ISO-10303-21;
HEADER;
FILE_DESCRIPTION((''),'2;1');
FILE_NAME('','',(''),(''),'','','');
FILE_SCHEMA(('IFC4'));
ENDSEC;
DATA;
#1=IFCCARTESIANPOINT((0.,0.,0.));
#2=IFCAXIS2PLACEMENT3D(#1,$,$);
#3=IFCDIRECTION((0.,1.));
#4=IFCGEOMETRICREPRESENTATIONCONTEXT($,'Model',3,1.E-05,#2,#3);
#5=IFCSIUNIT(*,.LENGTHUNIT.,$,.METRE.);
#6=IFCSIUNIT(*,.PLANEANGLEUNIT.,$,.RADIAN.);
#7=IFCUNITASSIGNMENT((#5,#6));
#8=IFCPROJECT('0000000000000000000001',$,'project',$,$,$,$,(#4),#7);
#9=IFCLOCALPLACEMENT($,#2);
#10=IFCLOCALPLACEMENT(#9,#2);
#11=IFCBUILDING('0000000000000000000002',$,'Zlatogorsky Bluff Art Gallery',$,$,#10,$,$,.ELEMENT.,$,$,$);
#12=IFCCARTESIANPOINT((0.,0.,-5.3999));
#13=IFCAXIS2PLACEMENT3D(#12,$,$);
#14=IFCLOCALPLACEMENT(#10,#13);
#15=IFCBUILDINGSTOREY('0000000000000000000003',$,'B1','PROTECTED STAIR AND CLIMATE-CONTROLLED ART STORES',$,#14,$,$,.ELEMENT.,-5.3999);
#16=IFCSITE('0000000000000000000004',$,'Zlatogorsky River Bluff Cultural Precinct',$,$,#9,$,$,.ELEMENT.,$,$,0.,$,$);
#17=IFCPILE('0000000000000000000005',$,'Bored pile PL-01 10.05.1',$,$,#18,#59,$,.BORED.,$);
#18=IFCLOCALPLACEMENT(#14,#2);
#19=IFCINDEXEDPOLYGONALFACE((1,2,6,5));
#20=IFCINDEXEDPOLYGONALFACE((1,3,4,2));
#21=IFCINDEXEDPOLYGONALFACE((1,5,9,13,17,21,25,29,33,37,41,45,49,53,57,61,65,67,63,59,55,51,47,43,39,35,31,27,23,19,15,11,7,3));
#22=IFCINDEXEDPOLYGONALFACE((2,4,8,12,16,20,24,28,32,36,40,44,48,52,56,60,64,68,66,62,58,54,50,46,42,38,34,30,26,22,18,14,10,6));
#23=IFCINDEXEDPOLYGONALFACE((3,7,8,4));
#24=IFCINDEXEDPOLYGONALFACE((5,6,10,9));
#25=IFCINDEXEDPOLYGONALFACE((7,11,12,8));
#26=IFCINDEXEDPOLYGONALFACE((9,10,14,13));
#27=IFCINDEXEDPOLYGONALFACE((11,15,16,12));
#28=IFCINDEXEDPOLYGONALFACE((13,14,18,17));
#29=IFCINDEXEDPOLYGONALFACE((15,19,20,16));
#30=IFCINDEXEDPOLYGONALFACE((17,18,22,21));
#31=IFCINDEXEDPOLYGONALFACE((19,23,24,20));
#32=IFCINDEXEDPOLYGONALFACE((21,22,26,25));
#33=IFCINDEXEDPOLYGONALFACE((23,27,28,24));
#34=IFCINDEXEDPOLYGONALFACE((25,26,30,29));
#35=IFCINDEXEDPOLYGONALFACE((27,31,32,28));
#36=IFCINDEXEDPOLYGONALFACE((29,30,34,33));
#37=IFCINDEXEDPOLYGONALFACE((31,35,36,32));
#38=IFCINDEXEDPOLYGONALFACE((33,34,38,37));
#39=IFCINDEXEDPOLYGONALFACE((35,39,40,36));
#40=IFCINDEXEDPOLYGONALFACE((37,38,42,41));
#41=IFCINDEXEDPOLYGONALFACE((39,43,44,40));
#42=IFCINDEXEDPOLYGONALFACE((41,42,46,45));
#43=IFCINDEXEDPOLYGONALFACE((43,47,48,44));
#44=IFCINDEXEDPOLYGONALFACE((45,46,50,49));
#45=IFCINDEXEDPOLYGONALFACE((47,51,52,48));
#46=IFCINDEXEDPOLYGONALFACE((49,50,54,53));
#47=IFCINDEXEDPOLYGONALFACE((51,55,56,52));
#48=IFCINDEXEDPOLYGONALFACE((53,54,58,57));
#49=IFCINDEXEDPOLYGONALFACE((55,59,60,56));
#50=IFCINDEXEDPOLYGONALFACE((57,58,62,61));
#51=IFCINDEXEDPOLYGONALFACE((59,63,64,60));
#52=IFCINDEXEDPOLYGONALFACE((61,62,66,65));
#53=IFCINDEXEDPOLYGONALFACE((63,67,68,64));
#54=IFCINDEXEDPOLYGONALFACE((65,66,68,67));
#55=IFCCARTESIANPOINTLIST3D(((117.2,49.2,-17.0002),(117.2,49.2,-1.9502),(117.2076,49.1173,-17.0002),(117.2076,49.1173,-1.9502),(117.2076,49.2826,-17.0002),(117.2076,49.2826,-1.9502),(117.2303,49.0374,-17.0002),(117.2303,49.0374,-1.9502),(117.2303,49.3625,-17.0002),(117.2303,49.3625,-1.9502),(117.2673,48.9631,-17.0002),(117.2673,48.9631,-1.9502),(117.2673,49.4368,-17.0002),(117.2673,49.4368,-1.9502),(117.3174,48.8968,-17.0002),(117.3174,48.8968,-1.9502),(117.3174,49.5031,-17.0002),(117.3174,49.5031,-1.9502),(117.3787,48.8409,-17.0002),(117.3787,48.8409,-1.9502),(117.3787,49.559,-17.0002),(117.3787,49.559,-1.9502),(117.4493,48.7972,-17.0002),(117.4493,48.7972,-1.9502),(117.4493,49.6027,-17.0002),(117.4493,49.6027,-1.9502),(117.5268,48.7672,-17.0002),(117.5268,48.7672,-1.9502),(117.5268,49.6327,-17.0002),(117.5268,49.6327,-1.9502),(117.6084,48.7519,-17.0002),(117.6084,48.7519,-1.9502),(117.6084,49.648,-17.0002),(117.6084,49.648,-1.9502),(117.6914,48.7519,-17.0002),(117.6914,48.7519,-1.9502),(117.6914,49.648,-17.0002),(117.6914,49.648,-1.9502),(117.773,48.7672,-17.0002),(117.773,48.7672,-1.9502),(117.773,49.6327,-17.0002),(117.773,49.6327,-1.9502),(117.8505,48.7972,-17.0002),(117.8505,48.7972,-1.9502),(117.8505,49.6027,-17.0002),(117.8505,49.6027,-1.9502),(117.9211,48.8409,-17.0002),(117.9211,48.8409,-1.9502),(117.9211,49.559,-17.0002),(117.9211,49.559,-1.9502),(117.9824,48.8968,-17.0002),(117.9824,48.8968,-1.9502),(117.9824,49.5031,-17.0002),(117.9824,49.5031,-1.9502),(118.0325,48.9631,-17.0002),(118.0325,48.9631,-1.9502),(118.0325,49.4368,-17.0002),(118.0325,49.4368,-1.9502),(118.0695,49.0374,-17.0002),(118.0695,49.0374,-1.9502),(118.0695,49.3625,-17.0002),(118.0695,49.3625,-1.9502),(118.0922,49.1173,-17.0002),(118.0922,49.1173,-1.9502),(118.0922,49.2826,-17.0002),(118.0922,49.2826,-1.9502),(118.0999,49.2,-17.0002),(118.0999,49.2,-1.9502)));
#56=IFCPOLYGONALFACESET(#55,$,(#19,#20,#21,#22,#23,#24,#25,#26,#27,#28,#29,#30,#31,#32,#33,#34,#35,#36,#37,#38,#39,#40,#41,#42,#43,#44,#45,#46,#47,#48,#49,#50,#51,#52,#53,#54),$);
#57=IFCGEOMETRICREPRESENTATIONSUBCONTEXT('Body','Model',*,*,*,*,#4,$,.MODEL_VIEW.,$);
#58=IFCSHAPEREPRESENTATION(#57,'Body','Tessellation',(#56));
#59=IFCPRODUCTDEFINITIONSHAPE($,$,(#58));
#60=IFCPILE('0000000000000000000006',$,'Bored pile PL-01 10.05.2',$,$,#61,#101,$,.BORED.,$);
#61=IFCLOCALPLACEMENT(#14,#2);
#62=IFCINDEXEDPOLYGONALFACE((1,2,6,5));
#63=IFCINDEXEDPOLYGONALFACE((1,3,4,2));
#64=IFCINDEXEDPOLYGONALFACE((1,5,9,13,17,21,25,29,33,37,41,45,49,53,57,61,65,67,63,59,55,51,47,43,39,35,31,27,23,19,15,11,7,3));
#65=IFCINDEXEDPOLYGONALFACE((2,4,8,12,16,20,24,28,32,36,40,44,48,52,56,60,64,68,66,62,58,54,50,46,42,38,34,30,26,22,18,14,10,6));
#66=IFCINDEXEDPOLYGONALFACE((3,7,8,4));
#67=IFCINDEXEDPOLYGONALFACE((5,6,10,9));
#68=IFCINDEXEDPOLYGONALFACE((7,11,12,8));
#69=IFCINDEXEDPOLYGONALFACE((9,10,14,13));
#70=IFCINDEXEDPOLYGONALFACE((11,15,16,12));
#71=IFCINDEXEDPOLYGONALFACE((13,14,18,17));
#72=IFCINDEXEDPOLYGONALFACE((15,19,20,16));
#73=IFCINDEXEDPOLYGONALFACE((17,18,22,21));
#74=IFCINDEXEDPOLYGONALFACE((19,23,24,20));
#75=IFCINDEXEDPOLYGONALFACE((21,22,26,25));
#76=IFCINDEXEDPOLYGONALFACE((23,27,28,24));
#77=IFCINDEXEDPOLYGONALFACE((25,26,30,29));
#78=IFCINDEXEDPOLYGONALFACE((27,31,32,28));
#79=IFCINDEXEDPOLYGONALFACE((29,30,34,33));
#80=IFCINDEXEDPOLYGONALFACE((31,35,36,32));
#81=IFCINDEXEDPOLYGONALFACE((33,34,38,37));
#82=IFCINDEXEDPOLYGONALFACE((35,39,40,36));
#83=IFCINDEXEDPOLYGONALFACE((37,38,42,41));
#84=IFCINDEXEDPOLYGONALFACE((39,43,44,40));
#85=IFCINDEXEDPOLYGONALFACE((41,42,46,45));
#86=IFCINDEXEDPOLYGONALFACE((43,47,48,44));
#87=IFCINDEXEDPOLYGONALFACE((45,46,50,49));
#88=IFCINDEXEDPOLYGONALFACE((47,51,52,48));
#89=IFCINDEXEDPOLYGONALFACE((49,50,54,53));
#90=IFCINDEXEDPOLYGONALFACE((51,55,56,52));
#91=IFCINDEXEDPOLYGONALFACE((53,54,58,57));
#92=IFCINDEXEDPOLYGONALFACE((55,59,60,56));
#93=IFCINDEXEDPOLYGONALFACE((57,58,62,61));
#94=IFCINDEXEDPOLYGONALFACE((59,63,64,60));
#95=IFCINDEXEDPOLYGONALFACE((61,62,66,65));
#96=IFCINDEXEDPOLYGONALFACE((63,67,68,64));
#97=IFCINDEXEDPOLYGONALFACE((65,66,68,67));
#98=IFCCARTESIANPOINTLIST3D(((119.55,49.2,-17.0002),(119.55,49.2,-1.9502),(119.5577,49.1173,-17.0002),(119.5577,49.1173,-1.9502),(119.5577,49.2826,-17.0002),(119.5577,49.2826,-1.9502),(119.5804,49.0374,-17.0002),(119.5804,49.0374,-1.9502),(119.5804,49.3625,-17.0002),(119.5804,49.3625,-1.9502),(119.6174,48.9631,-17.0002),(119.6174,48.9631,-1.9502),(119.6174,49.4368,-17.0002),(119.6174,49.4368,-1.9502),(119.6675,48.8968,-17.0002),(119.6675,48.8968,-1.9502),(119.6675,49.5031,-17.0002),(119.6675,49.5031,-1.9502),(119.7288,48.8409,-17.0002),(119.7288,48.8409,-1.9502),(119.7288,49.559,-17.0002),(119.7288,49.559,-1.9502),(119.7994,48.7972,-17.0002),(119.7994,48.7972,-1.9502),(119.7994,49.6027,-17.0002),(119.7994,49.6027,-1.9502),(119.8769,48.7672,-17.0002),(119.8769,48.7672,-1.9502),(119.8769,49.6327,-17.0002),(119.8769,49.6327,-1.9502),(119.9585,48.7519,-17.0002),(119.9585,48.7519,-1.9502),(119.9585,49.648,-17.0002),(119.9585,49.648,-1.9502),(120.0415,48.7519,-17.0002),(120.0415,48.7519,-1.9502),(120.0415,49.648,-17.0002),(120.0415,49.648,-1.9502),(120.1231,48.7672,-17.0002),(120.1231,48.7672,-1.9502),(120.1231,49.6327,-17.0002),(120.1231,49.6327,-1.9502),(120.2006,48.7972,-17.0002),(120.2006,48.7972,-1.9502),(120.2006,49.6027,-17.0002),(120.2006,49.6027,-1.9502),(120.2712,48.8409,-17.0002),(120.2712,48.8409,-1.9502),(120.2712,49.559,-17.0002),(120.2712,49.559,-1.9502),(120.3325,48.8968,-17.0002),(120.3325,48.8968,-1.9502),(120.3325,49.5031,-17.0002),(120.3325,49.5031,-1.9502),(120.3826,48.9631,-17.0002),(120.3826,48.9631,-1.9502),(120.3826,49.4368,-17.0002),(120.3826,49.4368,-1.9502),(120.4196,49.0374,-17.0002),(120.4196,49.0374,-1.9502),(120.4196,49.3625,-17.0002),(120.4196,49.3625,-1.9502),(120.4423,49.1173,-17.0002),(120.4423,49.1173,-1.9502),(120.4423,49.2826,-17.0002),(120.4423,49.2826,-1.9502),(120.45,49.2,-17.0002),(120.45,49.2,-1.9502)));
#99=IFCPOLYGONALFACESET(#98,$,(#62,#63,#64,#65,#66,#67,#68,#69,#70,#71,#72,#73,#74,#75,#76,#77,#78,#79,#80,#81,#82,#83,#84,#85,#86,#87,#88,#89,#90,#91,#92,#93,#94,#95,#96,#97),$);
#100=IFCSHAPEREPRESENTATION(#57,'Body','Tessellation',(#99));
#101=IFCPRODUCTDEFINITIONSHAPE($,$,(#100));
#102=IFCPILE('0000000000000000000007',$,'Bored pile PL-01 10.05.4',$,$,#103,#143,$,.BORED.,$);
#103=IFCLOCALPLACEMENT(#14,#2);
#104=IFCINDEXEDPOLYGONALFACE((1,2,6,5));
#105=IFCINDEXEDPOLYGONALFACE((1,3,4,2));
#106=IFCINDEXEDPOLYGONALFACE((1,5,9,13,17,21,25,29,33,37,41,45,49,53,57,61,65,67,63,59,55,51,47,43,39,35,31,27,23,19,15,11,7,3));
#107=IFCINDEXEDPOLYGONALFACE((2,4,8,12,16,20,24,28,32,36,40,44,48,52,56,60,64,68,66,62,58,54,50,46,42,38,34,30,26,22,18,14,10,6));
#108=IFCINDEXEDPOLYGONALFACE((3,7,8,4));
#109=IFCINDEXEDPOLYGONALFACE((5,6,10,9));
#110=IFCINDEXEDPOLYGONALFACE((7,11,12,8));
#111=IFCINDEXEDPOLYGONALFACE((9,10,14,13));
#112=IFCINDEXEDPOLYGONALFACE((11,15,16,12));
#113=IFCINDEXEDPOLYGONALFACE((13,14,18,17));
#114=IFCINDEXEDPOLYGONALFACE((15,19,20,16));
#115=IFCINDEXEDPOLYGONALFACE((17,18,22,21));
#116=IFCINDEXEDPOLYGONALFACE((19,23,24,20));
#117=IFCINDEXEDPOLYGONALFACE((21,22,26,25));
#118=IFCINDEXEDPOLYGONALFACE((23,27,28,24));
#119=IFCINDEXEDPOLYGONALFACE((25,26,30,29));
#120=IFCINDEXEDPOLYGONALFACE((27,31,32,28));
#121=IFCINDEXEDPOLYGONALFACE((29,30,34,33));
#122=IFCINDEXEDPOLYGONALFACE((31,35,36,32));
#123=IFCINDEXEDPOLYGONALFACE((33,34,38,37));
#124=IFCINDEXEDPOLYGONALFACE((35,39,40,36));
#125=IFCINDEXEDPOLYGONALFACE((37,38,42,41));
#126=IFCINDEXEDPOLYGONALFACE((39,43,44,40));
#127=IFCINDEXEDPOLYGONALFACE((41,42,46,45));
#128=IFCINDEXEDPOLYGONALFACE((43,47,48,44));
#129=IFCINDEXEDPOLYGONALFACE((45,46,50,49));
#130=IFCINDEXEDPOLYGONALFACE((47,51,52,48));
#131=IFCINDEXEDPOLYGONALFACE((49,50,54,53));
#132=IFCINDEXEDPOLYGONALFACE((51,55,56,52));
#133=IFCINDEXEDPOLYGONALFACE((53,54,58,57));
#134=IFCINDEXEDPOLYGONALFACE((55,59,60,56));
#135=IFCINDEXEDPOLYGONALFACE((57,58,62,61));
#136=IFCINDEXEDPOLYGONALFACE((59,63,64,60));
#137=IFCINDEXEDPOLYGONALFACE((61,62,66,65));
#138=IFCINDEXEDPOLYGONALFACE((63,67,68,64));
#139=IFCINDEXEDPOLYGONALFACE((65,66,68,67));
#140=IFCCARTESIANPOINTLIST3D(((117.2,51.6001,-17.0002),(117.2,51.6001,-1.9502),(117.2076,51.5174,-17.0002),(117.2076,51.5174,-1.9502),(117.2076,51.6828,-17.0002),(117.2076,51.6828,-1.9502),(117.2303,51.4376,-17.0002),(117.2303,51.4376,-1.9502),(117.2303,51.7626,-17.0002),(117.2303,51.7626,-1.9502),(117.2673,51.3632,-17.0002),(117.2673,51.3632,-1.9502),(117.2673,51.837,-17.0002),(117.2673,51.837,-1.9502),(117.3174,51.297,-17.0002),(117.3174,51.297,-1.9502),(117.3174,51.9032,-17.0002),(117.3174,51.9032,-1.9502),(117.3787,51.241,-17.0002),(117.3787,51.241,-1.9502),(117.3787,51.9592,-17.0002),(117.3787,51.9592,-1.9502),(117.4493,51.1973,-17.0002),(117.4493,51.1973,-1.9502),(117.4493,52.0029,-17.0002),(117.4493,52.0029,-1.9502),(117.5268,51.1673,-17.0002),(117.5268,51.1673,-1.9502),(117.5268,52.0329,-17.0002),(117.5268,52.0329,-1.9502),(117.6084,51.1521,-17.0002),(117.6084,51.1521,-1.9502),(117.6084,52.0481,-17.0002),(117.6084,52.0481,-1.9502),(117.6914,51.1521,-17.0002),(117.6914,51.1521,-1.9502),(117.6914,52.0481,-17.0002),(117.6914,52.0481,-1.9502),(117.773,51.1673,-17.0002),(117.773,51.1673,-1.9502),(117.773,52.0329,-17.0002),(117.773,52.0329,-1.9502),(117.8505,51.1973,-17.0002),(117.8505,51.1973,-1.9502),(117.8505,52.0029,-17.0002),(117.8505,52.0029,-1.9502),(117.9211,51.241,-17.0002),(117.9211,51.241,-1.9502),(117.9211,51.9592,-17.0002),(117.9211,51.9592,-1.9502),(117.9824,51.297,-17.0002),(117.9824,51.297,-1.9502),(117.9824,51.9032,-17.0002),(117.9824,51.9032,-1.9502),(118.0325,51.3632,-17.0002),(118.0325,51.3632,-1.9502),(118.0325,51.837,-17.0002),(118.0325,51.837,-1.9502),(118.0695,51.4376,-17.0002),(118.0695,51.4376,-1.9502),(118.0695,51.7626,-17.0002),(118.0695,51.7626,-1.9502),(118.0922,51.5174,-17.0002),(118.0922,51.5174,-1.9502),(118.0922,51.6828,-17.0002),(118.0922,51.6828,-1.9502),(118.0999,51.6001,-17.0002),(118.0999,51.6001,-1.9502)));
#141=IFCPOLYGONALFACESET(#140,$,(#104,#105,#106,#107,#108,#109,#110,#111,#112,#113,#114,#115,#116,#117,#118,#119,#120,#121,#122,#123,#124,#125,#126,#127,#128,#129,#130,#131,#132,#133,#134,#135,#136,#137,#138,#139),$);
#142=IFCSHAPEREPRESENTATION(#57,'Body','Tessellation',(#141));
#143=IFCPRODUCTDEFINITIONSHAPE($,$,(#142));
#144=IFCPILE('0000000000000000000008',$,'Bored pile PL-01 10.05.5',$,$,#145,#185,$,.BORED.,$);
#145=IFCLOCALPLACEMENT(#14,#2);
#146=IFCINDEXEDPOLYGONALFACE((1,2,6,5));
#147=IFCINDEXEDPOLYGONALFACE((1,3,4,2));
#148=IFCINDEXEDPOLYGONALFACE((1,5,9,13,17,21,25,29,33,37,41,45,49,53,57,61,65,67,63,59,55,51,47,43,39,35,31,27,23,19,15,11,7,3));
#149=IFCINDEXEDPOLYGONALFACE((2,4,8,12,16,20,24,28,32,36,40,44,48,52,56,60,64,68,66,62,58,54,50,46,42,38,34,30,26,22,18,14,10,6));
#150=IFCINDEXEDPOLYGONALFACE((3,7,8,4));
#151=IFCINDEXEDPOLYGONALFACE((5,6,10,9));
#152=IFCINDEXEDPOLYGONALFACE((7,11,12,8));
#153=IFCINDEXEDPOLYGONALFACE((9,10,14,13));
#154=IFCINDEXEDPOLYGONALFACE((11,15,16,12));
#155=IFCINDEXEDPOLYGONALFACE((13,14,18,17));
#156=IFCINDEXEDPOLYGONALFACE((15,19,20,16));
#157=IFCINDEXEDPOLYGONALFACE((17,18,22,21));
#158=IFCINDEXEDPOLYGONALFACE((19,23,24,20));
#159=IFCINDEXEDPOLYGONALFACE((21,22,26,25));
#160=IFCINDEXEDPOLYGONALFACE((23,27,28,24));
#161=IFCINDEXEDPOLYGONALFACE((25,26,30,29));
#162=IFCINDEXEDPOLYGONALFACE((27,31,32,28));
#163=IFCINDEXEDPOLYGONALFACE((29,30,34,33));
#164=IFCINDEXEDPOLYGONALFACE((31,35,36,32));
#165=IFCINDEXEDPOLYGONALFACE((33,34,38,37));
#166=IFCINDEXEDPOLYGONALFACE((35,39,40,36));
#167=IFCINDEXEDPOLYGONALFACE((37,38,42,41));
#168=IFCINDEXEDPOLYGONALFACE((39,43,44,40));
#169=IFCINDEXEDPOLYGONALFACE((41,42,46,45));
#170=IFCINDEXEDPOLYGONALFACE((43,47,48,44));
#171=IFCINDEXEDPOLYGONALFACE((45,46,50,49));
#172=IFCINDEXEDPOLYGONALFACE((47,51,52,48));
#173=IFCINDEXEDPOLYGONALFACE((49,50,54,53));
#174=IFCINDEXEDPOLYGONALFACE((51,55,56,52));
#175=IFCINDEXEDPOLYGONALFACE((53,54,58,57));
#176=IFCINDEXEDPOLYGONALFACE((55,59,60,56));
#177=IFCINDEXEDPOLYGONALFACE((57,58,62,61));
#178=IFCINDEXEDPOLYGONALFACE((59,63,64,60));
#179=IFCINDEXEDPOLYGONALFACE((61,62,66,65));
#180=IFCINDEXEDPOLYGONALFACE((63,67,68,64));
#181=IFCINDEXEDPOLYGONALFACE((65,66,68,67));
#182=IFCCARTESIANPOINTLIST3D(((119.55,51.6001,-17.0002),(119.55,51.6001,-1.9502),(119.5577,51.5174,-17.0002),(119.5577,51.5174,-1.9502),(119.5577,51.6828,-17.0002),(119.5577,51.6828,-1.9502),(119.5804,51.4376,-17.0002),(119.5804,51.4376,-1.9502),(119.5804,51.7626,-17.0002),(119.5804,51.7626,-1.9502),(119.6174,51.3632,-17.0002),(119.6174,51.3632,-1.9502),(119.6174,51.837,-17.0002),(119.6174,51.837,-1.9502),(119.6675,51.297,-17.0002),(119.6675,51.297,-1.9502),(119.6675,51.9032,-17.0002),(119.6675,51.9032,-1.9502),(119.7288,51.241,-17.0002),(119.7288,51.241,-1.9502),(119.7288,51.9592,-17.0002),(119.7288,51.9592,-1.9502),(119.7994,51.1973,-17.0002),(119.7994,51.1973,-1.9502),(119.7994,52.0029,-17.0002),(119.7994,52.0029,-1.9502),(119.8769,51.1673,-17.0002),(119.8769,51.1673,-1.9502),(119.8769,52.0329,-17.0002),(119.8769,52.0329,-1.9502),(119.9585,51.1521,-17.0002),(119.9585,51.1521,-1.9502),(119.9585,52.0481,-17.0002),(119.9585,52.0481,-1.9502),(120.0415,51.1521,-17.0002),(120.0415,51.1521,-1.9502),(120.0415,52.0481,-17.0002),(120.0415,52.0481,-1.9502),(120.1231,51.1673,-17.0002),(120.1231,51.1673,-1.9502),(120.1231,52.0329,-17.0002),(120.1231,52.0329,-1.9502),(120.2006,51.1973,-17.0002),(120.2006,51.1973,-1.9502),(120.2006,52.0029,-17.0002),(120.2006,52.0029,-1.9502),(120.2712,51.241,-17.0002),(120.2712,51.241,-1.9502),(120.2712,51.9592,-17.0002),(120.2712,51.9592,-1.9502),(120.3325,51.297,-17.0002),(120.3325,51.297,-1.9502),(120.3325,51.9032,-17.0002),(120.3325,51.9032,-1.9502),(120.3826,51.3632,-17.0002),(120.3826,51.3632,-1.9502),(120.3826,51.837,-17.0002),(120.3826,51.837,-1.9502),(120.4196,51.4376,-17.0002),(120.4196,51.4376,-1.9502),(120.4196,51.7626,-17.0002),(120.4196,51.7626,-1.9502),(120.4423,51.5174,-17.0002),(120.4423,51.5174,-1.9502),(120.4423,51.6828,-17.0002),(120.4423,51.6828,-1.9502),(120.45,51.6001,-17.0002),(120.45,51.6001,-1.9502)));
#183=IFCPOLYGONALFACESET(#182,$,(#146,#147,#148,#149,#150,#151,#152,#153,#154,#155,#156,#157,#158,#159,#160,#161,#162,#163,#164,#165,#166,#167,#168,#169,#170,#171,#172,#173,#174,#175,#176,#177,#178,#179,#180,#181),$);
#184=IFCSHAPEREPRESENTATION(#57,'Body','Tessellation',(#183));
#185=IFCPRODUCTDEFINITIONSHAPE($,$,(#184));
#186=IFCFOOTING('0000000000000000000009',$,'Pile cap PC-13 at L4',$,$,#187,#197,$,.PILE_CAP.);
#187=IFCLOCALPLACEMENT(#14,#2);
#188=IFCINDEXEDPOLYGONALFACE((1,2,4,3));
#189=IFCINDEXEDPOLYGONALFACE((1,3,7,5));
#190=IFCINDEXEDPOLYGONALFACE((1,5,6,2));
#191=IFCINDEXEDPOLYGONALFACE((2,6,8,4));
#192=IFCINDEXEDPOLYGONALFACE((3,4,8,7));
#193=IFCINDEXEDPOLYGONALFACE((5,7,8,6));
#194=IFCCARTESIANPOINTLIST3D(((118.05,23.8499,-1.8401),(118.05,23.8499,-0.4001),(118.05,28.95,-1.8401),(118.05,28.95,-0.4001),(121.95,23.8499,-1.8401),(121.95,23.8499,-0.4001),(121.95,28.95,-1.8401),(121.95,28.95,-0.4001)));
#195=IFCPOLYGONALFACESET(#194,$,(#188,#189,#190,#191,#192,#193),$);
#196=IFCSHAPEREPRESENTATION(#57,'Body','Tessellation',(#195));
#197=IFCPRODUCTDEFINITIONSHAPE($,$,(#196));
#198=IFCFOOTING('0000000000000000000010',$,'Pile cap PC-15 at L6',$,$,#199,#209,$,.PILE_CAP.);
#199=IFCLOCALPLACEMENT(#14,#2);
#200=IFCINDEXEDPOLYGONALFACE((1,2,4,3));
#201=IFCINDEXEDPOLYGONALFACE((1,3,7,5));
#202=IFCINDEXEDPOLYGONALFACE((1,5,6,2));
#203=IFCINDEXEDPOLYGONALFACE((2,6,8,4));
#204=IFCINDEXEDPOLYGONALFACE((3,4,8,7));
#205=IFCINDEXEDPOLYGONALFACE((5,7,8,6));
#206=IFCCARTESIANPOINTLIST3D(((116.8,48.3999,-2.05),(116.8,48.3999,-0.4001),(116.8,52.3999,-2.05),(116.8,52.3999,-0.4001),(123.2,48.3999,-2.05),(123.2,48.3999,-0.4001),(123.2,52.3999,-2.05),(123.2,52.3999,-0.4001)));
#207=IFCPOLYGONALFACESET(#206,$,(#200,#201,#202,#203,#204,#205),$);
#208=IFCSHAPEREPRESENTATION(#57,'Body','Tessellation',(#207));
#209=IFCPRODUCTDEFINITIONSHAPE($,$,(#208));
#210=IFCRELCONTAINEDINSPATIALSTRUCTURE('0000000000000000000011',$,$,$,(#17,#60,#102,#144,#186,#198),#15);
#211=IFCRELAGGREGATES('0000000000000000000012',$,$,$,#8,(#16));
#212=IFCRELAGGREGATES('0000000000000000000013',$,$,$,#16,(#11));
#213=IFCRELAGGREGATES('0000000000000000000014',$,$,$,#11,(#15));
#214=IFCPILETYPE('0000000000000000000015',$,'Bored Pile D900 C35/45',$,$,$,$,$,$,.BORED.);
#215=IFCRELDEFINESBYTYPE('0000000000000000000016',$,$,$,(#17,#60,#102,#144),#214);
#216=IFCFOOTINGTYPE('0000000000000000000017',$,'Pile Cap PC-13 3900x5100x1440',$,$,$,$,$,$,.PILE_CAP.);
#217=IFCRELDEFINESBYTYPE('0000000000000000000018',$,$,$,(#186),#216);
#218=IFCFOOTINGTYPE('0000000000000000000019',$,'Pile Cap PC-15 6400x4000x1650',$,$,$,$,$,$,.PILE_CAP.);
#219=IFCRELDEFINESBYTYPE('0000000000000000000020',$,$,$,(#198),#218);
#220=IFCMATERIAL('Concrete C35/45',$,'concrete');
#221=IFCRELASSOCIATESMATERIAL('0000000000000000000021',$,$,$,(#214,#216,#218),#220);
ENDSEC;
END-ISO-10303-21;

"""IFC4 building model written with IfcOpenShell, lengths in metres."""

from ifc_helpers import new_model, si_unit, direction, frame, origin, origin_2d, place, context, subcontext, project, spatial, rectangle, circle, extrude, material, material_profile, profile_set, type_object, element, save


model = new_model("IFC4")

# Units and contexts
model_context = context("Model", 3, precision=1e-05, world=origin(), true_north=direction((0.0, 1.0)))
body_context = subcontext(model_context, "Body", "Model", "MODEL_VIEW")
ifc_project = project(units=[si_unit("LENGTHUNIT", "METRE"), si_unit("PLANEANGLEUNIT", "RADIAN")], contexts=[model_context])

# Site, building, storey
site_placement = place(None, origin())
site = spatial("IfcSite", under=ifc_project, at=site_placement, Name="Zlatogorsky River Bluff Cultural Precinct", CompositionType="ELEMENT", RefElevation=0.0)
building_placement = place(site_placement, origin())
building = spatial("IfcBuilding", under=site, at=building_placement, Name="Zlatogorsky Bluff Art Gallery", CompositionType="ELEMENT")
storey_placement = place(building_placement, frame((0.0, 0.0, -5.3999)))
storey = spatial("IfcBuildingStorey", under=building, at=storey_placement, Name="B1", Description="PROTECTED STAIR AND CLIMATE-CONTROLLED ART STORES", CompositionType="ELEMENT", Elevation=-5.3999)

# Piles
ifc_material_1 = material(Name="Concrete C35/45", Category="concrete")
ifc_material_profile_1 = material_profile(ifc_material_1, circle(Radius=0.45, at=origin_2d()), Name="BORED PILE D900")
ifc_profile_set_1 = profile_set([ifc_material_profile_1], Name="Concrete C35/45")
pile_type = type_object("IfcPileType", Name="Bored Pile D900 C35/45", PredefinedType="BORED", material=ifc_profile_set_1)
for number, where, z_axis, x_axis, name in (
    (1, (117.6499, 49.2, -1.9502), (0.0, 0.0, -1.0), (1.0, 0.0, 0.0), "Bored pile PL-01 10.05.1"),
    (2, (120.0, 49.2, -1.9502), (0.0, 0.0, -1.0), (1.0, 0.0, 0.0), "Bored pile PL-01 10.05.2"),
    (3, (117.6499, 51.6001, -1.9502), (0.0, 0.0, -1.0), (1.0, 0.0, 0.0), "Bored pile PL-01 10.05.4"),
    (4, (120.0, 51.6001, -1.9502), (0.0, 0.0, -1.0), (1.0, 0.0, 0.0), "Bored pile PL-01 10.05.5"),
):
    element("IfcPile", number, at=place(storey_placement, frame(where, z_axis=z_axis, x_axis=x_axis)), inside=storey, type_object=pile_type, Name=name, PredefinedType="BORED", context=body_context, shape_type="SweptSolid", body=[
        extrude(circle(Radius=0.45, at=origin_2d()), origin(), (0.0, 0.0, 1.0), 15.05),
    ])

# Footings
footing_type_1 = type_object("IfcFootingType", Name="Pile Cap PC-13 3900x5100x1440", PredefinedType="PILE_CAP", material=ifc_material_1)
footing_1_placement = place(storey_placement, frame((120.0, 26.3999, -1.8401), z_axis=(0.0, 0.0, 1.0), x_axis=(1.0, 0.0, 0.0)))
element("IfcFooting", 5, at=footing_1_placement, inside=storey, type_object=footing_type_1, Name="Pile cap PC-13 at L4", PredefinedType="PILE_CAP", context=body_context, shape_type="SweptSolid", body=[
    extrude(rectangle(XDim=3.8999, YDim=5.1001, at=origin_2d()), origin(), (0.0, 0.0, 1.0), 1.4399),
])
footing_type_2 = type_object("IfcFootingType", Name="Pile Cap PC-15 6400x4000x1650", PredefinedType="PILE_CAP", material=ifc_material_1)
footing_2_placement = place(storey_placement, frame((120.0, 50.3999, -2.05), z_axis=(0.0, 0.0, 1.0), x_axis=(1.0, 0.0, 0.0)))
element("IfcFooting", 6, at=footing_2_placement, inside=storey, type_object=footing_type_2, Name="Pile cap PC-15 at L6", PredefinedType="PILE_CAP", context=body_context, shape_type="SweptSolid", body=[
    extrude(rectangle(XDim=6.3999, YDim=4.0, at=origin_2d()), origin(), (0.0, 0.0, 1.0), 1.6499),
])

save(model, "model.ifc")
